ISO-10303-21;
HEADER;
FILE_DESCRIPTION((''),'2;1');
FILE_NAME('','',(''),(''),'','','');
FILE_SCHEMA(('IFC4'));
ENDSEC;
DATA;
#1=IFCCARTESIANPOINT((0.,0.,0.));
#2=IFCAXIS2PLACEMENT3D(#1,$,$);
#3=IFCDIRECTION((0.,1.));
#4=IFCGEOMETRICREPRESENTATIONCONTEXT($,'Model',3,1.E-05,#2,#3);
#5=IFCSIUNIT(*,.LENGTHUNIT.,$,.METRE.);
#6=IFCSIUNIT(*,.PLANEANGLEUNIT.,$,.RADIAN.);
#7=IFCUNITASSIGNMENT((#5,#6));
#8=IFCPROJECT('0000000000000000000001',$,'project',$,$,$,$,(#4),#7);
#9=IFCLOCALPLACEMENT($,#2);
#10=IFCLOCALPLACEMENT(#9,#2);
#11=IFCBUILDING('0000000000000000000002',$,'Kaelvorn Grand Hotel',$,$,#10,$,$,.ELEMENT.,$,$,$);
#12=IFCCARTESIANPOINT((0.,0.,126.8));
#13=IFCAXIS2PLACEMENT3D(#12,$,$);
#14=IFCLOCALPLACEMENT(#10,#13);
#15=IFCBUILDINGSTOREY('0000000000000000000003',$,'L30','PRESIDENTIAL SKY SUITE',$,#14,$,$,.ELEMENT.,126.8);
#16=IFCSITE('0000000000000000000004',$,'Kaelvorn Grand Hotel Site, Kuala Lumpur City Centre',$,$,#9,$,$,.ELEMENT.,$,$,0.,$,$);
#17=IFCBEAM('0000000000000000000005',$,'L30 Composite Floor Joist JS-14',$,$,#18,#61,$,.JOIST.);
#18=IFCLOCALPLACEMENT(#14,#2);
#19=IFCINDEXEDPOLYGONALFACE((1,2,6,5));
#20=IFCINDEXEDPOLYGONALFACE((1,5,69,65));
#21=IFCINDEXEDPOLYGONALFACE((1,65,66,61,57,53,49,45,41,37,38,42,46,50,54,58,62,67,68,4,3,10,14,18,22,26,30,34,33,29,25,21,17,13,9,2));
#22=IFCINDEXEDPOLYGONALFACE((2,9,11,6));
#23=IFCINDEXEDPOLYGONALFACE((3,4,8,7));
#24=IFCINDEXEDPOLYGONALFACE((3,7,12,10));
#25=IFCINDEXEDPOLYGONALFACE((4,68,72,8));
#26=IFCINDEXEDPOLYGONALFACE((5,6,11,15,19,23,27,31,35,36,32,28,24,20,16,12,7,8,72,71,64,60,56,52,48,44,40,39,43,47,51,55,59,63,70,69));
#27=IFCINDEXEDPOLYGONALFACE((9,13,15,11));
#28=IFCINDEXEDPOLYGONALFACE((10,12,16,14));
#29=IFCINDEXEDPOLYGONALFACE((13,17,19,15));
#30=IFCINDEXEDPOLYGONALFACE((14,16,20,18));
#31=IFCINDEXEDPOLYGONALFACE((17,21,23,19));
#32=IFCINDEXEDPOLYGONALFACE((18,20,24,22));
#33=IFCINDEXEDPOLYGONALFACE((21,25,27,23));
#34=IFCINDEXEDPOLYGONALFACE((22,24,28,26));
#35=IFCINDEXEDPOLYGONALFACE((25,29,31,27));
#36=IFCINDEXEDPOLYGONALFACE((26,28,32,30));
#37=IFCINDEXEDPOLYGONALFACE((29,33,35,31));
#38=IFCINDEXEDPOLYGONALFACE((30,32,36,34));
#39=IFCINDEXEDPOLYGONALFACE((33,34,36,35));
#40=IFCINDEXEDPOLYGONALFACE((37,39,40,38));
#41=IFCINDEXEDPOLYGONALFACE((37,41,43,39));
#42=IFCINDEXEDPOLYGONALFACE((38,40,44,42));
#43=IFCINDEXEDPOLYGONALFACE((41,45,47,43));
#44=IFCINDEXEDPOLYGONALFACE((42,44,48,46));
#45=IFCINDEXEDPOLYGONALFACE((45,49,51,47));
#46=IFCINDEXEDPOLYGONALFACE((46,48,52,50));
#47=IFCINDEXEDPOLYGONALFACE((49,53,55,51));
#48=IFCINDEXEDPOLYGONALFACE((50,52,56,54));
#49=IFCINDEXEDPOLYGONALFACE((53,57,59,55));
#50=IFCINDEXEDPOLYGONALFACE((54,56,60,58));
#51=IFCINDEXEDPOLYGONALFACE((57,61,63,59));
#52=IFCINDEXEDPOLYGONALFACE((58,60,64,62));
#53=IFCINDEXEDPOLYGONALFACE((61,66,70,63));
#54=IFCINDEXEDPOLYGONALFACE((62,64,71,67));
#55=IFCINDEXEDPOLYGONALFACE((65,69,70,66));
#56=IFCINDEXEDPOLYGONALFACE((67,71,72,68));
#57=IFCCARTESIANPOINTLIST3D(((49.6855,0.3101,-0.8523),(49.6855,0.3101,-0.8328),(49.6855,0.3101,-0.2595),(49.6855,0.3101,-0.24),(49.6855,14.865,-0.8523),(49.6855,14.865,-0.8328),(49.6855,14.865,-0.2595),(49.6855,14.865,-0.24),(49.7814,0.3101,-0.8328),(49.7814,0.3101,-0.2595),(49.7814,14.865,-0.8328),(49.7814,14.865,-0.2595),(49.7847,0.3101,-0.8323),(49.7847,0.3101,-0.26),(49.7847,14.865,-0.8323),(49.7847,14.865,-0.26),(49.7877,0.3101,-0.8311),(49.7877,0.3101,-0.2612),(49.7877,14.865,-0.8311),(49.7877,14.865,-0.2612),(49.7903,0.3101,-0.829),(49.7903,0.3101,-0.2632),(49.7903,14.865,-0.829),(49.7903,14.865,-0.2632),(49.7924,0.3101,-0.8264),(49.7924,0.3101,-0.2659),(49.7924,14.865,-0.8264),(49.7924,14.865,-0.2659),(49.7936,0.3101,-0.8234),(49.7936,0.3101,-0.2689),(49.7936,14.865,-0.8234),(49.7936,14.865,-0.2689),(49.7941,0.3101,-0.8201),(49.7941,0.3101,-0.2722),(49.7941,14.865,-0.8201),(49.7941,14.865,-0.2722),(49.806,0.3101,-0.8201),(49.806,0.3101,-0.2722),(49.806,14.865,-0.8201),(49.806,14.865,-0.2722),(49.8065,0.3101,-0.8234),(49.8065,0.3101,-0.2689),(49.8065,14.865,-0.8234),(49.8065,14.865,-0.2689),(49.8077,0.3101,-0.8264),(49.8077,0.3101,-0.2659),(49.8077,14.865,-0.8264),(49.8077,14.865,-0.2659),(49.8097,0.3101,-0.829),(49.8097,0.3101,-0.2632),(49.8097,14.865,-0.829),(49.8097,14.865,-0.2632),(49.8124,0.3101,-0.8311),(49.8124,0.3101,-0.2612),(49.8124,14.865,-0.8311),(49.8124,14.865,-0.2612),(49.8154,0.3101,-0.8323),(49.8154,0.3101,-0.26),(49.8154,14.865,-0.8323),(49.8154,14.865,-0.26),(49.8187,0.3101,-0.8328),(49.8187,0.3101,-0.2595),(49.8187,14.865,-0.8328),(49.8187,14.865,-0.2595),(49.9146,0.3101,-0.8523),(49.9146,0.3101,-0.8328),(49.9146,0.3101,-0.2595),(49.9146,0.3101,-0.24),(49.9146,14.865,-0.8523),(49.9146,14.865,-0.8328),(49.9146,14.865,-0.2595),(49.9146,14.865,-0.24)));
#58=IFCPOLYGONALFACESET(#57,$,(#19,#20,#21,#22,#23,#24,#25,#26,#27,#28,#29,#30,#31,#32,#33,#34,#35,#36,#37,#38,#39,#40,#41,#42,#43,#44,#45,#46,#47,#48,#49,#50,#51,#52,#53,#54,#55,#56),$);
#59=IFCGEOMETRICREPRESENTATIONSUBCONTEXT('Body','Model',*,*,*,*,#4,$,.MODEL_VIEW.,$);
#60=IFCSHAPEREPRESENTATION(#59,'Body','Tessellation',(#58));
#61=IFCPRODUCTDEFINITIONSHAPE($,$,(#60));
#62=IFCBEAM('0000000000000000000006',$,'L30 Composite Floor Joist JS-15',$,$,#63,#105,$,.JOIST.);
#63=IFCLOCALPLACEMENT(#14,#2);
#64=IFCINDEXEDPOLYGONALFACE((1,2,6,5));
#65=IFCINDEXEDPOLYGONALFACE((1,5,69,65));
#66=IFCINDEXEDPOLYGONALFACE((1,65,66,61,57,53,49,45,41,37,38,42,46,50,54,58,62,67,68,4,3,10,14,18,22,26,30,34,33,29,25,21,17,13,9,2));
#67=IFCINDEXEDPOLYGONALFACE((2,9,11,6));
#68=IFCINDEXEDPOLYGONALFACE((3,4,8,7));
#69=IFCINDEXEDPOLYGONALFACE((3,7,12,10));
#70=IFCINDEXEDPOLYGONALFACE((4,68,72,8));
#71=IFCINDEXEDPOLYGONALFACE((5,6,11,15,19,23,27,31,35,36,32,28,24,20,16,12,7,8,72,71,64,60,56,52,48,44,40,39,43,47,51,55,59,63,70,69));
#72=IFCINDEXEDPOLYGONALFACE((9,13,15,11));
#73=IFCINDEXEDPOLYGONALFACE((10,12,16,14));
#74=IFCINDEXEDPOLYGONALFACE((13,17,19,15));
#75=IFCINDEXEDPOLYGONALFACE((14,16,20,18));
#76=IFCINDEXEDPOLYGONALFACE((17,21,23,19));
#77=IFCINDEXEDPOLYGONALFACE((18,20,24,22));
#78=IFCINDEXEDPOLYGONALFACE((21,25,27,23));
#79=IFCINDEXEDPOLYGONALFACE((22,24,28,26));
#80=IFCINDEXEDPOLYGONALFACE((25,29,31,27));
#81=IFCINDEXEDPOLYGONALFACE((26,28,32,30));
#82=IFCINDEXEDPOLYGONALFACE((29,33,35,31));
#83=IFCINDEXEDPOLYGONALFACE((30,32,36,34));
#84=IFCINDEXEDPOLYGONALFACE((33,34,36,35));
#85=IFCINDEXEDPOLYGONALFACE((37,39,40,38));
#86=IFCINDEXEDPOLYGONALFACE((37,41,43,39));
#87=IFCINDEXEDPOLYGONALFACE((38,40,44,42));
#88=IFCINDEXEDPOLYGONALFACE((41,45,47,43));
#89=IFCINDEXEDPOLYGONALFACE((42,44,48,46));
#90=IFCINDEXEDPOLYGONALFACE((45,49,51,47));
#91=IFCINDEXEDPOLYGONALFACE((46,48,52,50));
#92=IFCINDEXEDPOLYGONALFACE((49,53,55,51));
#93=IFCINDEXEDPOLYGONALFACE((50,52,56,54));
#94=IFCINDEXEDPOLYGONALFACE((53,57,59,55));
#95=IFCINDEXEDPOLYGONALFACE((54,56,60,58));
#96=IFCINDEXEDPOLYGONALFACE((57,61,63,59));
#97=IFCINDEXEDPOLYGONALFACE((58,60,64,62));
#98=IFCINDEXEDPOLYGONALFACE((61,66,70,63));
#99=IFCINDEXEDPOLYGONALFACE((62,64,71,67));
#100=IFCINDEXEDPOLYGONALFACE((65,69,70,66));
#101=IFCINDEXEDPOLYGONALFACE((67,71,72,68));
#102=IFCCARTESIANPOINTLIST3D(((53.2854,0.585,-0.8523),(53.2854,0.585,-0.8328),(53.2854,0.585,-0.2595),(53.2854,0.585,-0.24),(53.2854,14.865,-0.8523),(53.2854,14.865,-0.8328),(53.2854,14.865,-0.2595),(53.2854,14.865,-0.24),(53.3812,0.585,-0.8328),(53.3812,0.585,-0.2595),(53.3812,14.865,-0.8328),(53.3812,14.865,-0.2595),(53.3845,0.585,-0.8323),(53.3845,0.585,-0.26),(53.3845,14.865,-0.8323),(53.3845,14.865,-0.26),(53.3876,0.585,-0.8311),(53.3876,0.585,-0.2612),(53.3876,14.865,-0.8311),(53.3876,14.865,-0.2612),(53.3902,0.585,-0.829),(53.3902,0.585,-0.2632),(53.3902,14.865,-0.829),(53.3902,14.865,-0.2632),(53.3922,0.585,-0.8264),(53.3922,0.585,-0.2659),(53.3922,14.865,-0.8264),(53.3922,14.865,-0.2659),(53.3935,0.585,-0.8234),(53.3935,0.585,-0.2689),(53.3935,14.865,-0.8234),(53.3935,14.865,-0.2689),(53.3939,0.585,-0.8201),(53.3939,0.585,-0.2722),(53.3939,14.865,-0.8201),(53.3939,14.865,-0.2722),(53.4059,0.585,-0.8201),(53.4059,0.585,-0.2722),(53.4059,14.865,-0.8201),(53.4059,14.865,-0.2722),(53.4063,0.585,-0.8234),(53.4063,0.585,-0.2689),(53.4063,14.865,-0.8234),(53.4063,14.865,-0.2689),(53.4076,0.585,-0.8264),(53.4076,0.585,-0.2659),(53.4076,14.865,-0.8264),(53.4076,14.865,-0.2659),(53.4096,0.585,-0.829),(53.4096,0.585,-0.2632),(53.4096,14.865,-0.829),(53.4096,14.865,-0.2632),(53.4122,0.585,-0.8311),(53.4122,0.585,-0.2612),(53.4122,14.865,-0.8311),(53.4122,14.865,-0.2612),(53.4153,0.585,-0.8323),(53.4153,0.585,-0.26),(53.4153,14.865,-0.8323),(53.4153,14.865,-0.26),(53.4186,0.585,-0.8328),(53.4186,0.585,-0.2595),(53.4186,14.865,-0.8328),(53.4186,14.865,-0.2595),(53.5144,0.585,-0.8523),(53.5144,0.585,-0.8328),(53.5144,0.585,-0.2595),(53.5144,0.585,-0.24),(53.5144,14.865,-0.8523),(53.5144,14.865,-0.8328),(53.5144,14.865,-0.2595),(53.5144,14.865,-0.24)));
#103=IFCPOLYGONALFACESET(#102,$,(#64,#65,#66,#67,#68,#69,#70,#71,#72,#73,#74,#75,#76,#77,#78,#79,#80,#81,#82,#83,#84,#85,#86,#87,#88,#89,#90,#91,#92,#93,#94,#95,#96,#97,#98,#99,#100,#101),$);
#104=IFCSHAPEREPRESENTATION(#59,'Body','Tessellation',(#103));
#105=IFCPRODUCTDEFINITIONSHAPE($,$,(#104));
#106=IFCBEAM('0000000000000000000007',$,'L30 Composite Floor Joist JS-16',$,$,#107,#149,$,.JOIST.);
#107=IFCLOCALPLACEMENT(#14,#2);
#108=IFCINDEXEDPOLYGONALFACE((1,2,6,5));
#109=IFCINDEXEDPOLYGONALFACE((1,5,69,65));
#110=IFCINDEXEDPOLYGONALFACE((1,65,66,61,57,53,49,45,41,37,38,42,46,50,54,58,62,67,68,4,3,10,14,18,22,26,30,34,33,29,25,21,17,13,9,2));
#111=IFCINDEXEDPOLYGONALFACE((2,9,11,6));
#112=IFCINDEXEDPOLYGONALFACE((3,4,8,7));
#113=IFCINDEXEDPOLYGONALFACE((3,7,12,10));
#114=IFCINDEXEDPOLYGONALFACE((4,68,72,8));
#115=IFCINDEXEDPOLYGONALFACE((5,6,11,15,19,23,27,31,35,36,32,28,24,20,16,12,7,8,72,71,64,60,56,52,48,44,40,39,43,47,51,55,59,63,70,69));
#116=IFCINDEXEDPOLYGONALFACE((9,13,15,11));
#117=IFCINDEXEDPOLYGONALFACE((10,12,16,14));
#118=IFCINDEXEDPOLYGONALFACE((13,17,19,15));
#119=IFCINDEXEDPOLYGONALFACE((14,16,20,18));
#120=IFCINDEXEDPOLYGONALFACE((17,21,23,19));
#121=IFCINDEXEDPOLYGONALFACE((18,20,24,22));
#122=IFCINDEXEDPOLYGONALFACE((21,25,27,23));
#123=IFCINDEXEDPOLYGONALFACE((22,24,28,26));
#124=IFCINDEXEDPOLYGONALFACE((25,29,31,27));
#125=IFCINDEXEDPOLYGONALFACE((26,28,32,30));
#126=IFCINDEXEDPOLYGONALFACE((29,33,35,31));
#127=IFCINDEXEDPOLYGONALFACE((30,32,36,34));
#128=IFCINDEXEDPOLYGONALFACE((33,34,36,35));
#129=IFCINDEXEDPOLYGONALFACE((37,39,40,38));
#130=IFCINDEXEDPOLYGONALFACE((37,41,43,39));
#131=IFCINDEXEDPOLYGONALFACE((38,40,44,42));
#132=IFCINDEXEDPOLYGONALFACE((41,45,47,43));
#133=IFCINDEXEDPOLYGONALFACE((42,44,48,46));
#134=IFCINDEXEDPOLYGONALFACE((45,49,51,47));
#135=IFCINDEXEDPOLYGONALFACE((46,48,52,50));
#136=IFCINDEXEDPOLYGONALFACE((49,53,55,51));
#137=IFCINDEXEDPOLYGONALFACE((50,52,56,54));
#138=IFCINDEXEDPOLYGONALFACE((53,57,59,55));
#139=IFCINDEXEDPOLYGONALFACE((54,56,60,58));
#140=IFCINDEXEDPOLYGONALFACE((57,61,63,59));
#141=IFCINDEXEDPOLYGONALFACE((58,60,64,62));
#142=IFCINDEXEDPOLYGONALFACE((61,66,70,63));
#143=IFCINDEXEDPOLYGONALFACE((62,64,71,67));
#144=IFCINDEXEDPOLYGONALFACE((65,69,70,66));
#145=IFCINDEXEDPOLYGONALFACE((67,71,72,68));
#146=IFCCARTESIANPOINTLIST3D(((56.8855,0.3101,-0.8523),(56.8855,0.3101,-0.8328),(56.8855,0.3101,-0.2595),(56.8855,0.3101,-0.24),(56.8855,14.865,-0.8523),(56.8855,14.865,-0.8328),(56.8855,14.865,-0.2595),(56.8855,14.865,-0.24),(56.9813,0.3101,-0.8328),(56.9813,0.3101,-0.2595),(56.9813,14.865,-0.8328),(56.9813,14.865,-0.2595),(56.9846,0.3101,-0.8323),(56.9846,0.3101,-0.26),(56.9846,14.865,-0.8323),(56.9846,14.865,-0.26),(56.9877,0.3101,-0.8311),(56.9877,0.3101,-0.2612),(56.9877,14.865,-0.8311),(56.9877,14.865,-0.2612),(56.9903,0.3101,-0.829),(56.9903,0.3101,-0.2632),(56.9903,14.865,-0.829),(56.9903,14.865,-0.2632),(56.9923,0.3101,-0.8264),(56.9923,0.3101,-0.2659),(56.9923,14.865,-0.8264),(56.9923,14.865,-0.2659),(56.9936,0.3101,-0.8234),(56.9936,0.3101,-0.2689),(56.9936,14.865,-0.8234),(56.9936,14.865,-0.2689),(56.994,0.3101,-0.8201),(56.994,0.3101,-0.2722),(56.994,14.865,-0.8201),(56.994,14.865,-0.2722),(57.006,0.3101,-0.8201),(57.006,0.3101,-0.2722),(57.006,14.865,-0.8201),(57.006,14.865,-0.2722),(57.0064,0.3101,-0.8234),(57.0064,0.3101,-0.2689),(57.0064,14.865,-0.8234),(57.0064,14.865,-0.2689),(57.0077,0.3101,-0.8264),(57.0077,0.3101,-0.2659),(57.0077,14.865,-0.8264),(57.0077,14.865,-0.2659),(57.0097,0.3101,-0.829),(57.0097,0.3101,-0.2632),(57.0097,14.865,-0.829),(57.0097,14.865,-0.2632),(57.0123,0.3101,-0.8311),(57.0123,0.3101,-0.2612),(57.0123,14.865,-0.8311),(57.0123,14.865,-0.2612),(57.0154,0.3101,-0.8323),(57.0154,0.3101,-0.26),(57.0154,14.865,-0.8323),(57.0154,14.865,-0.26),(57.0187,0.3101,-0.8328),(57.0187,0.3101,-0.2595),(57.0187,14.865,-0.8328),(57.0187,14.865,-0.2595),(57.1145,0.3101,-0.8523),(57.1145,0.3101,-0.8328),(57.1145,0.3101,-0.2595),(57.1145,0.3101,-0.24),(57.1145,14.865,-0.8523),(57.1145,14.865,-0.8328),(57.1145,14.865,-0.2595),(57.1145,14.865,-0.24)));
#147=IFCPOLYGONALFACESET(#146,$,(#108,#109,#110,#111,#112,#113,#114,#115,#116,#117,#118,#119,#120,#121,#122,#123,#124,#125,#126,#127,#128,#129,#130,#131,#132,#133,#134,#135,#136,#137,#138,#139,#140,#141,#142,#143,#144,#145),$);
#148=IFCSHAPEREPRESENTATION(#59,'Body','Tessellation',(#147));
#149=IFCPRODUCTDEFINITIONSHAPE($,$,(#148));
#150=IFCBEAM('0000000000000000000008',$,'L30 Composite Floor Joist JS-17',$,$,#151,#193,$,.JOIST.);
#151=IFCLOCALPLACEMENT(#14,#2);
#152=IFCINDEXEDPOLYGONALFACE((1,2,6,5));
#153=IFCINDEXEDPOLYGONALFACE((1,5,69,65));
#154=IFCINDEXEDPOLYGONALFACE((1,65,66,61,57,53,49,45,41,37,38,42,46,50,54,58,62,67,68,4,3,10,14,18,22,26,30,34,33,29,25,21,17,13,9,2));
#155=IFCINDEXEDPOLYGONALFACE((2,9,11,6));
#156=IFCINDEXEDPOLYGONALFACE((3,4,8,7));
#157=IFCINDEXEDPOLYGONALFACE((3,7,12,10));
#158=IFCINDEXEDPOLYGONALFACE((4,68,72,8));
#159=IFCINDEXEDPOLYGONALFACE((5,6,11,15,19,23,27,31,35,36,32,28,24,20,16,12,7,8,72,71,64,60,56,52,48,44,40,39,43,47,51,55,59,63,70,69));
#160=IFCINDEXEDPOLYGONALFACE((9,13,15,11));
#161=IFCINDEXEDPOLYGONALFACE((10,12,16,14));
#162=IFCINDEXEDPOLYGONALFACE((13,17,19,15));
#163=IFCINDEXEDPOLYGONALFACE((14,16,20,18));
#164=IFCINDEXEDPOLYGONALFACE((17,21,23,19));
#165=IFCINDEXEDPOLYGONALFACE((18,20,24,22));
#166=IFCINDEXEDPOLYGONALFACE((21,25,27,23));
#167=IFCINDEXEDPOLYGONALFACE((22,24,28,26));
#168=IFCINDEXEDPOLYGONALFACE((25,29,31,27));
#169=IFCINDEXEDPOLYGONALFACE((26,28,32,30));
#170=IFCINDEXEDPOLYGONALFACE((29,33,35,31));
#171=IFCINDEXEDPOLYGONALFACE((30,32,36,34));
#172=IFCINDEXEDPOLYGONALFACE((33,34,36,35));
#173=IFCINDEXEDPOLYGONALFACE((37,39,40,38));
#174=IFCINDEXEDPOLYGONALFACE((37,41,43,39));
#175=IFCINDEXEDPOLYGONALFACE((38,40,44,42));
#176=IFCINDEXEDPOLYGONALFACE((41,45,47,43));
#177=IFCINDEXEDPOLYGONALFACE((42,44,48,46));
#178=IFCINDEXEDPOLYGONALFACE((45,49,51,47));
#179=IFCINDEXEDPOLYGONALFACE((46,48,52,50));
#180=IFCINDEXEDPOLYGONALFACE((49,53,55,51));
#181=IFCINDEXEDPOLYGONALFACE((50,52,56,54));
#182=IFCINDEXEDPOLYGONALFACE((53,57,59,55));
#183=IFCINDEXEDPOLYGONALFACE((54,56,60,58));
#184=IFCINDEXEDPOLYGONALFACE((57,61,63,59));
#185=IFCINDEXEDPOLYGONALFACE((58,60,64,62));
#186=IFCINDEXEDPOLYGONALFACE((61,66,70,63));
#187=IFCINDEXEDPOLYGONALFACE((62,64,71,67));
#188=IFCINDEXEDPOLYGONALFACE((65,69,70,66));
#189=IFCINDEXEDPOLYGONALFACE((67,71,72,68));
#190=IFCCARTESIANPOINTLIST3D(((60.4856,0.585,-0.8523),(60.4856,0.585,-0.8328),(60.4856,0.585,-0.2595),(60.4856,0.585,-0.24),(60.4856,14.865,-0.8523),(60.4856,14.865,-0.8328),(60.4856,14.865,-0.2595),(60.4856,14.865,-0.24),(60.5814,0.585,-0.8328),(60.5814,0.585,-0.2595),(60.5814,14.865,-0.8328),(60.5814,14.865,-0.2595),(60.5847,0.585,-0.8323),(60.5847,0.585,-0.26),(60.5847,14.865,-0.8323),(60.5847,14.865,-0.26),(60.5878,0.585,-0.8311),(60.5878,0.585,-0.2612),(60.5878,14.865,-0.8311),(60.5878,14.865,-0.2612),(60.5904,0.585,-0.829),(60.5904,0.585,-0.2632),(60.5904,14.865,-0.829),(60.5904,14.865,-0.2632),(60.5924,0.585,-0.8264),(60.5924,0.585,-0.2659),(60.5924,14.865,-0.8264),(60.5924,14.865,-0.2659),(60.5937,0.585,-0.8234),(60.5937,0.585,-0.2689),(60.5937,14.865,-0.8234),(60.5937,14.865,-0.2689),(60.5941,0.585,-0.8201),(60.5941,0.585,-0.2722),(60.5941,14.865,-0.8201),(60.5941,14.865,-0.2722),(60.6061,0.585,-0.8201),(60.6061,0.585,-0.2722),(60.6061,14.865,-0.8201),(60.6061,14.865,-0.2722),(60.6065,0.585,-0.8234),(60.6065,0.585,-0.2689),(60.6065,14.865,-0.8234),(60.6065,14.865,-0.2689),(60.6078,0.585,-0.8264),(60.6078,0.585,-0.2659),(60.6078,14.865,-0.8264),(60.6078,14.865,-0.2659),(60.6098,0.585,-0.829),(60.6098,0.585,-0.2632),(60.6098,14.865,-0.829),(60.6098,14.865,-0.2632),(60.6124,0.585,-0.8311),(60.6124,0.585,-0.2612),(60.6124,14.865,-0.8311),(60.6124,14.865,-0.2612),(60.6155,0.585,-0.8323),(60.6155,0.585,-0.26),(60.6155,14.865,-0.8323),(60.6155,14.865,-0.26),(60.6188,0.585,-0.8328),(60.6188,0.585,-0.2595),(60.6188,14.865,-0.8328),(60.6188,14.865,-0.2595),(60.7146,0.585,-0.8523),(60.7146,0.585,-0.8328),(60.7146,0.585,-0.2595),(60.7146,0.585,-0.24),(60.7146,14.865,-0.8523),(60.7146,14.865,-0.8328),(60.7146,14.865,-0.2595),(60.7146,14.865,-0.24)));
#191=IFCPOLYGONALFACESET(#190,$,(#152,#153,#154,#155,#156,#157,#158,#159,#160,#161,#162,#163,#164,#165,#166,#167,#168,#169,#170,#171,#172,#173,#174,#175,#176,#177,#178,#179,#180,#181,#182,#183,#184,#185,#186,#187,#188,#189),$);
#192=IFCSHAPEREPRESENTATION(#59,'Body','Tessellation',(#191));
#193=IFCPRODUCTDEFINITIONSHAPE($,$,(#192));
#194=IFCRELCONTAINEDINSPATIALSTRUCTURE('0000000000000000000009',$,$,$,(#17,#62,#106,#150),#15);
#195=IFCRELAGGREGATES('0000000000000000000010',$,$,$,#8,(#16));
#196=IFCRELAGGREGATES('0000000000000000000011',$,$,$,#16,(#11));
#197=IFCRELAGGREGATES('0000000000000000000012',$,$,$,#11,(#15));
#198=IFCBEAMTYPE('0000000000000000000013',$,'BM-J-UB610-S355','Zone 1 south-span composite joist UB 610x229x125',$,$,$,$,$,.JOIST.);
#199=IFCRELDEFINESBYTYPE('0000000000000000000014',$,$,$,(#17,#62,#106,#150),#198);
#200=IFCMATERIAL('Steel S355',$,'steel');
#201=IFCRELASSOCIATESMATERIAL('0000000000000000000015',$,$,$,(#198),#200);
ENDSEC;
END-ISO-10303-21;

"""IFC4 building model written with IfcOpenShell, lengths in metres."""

from ifc_helpers import new_model, si_unit, direction, frame, origin, origin_2d, place, context, subcontext, project, spatial, i_section, extrude, material, material_profile, profile_set, type_object, element, save


model = new_model("IFC4")

# Units and contexts
model_context = context("Model", 3, precision=1e-05, world=origin(), true_north=direction((0.0, 1.0)))
body_context = subcontext(model_context, "Body", "Model", "MODEL_VIEW")
ifc_project = project(units=[si_unit("LENGTHUNIT", "METRE"), si_unit("PLANEANGLEUNIT", "RADIAN")], contexts=[model_context])

# Site, building, storey
site_placement = place(None, origin())
site = spatial("IfcSite", under=ifc_project, at=site_placement, Name="Kaelvorn Grand Hotel Site, Kuala Lumpur City Centre", CompositionType="ELEMENT", RefElevation=0.0)
building_placement = place(site_placement, origin())
building = spatial("IfcBuilding", under=site, at=building_placement, Name="Kaelvorn Grand Hotel", CompositionType="ELEMENT")
storey_placement = place(building_placement, frame((0.0, 0.0, 126.8)))
storey = spatial("IfcBuildingStorey", under=building, at=storey_placement, Name="L30", Description="PRESIDENTIAL SKY SUITE", CompositionType="ELEMENT", Elevation=126.8)

# Beams
ifc_material_1 = material(Name="Steel S355", Category="steel")
ifc_material_profile_1 = material_profile(ifc_material_1, i_section(OverallWidth=0.229, OverallDepth=0.6123, WebThickness=0.012, FlangeThickness=0.0195, FilletRadius=0.0127, at=origin_2d()), Name="UB 610x229x125")
ifc_profile_set_1 = profile_set([ifc_material_profile_1], Name="Steel S355")
beam_type_1 = type_object("IfcBeamType", Name="BM-J-UB610-S355", Description="Zone 1 south-span composite joist UB 610x229x125", PredefinedType="JOIST", material=ifc_profile_set_1)
beam_1_placement = place(storey_placement, frame((49.8, 0.3101, -0.5461), z_axis=(0.0, 1.0, 0.0), x_axis=(-1.0, 0.0, 0.0)))
element("IfcBeam", 1, at=beam_1_placement, inside=storey, type_object=beam_type_1, Name="L30 Composite Floor Joist JS-14", PredefinedType="JOIST", context=body_context, shape_type="SweptSolid", body=[
    extrude(i_section(OverallWidth=0.229, OverallDepth=0.6123, WebThickness=0.012, FlangeThickness=0.0195, FilletRadius=0.0127, at=origin_2d()), origin(), (0.0, 0.0, 1.0), 14.5549),
])
beam_2_placement = place(storey_placement, frame((53.3999, 0.585, -0.5461), z_axis=(0.0, 1.0, 0.0), x_axis=(-1.0, 0.0, 0.0)))
element("IfcBeam", 2, at=beam_2_placement, inside=storey, type_object=beam_type_1, Name="L30 Composite Floor Joist JS-15", PredefinedType="JOIST", context=body_context, shape_type="SweptSolid", body=[
    extrude(i_section(OverallWidth=0.229, OverallDepth=0.6123, WebThickness=0.012, FlangeThickness=0.0195, FilletRadius=0.0127, at=origin_2d()), origin(), (0.0, 0.0, 1.0), 14.28),
])
beam_3_placement = place(storey_placement, frame((57.0, 0.3101, -0.5461), z_axis=(0.0, 1.0, 0.0), x_axis=(-1.0, 0.0, 0.0)))
element("IfcBeam", 3, at=beam_3_placement, inside=storey, type_object=beam_type_1, Name="L30 Composite Floor Joist JS-16", PredefinedType="JOIST", context=body_context, shape_type="SweptSolid", body=[
    extrude(i_section(OverallWidth=0.229, OverallDepth=0.6123, WebThickness=0.012, FlangeThickness=0.0195, FilletRadius=0.0127, at=origin_2d()), origin(), (0.0, 0.0, 1.0), 14.5549),
])
beam_4_placement = place(storey_placement, frame((60.6001, 0.585, -0.5461), z_axis=(0.0, 1.0, 0.0), x_axis=(-1.0, 0.0, 0.0)))
element("IfcBeam", 4, at=beam_4_placement, inside=storey, type_object=beam_type_1, Name="L30 Composite Floor Joist JS-17", PredefinedType="JOIST", context=body_context, shape_type="SweptSolid", body=[
    extrude(i_section(OverallWidth=0.229, OverallDepth=0.6123, WebThickness=0.012, FlangeThickness=0.0195, FilletRadius=0.0127, at=origin_2d()), origin(), (0.0, 0.0, 1.0), 14.28),
])

save(model, "model.ifc")
